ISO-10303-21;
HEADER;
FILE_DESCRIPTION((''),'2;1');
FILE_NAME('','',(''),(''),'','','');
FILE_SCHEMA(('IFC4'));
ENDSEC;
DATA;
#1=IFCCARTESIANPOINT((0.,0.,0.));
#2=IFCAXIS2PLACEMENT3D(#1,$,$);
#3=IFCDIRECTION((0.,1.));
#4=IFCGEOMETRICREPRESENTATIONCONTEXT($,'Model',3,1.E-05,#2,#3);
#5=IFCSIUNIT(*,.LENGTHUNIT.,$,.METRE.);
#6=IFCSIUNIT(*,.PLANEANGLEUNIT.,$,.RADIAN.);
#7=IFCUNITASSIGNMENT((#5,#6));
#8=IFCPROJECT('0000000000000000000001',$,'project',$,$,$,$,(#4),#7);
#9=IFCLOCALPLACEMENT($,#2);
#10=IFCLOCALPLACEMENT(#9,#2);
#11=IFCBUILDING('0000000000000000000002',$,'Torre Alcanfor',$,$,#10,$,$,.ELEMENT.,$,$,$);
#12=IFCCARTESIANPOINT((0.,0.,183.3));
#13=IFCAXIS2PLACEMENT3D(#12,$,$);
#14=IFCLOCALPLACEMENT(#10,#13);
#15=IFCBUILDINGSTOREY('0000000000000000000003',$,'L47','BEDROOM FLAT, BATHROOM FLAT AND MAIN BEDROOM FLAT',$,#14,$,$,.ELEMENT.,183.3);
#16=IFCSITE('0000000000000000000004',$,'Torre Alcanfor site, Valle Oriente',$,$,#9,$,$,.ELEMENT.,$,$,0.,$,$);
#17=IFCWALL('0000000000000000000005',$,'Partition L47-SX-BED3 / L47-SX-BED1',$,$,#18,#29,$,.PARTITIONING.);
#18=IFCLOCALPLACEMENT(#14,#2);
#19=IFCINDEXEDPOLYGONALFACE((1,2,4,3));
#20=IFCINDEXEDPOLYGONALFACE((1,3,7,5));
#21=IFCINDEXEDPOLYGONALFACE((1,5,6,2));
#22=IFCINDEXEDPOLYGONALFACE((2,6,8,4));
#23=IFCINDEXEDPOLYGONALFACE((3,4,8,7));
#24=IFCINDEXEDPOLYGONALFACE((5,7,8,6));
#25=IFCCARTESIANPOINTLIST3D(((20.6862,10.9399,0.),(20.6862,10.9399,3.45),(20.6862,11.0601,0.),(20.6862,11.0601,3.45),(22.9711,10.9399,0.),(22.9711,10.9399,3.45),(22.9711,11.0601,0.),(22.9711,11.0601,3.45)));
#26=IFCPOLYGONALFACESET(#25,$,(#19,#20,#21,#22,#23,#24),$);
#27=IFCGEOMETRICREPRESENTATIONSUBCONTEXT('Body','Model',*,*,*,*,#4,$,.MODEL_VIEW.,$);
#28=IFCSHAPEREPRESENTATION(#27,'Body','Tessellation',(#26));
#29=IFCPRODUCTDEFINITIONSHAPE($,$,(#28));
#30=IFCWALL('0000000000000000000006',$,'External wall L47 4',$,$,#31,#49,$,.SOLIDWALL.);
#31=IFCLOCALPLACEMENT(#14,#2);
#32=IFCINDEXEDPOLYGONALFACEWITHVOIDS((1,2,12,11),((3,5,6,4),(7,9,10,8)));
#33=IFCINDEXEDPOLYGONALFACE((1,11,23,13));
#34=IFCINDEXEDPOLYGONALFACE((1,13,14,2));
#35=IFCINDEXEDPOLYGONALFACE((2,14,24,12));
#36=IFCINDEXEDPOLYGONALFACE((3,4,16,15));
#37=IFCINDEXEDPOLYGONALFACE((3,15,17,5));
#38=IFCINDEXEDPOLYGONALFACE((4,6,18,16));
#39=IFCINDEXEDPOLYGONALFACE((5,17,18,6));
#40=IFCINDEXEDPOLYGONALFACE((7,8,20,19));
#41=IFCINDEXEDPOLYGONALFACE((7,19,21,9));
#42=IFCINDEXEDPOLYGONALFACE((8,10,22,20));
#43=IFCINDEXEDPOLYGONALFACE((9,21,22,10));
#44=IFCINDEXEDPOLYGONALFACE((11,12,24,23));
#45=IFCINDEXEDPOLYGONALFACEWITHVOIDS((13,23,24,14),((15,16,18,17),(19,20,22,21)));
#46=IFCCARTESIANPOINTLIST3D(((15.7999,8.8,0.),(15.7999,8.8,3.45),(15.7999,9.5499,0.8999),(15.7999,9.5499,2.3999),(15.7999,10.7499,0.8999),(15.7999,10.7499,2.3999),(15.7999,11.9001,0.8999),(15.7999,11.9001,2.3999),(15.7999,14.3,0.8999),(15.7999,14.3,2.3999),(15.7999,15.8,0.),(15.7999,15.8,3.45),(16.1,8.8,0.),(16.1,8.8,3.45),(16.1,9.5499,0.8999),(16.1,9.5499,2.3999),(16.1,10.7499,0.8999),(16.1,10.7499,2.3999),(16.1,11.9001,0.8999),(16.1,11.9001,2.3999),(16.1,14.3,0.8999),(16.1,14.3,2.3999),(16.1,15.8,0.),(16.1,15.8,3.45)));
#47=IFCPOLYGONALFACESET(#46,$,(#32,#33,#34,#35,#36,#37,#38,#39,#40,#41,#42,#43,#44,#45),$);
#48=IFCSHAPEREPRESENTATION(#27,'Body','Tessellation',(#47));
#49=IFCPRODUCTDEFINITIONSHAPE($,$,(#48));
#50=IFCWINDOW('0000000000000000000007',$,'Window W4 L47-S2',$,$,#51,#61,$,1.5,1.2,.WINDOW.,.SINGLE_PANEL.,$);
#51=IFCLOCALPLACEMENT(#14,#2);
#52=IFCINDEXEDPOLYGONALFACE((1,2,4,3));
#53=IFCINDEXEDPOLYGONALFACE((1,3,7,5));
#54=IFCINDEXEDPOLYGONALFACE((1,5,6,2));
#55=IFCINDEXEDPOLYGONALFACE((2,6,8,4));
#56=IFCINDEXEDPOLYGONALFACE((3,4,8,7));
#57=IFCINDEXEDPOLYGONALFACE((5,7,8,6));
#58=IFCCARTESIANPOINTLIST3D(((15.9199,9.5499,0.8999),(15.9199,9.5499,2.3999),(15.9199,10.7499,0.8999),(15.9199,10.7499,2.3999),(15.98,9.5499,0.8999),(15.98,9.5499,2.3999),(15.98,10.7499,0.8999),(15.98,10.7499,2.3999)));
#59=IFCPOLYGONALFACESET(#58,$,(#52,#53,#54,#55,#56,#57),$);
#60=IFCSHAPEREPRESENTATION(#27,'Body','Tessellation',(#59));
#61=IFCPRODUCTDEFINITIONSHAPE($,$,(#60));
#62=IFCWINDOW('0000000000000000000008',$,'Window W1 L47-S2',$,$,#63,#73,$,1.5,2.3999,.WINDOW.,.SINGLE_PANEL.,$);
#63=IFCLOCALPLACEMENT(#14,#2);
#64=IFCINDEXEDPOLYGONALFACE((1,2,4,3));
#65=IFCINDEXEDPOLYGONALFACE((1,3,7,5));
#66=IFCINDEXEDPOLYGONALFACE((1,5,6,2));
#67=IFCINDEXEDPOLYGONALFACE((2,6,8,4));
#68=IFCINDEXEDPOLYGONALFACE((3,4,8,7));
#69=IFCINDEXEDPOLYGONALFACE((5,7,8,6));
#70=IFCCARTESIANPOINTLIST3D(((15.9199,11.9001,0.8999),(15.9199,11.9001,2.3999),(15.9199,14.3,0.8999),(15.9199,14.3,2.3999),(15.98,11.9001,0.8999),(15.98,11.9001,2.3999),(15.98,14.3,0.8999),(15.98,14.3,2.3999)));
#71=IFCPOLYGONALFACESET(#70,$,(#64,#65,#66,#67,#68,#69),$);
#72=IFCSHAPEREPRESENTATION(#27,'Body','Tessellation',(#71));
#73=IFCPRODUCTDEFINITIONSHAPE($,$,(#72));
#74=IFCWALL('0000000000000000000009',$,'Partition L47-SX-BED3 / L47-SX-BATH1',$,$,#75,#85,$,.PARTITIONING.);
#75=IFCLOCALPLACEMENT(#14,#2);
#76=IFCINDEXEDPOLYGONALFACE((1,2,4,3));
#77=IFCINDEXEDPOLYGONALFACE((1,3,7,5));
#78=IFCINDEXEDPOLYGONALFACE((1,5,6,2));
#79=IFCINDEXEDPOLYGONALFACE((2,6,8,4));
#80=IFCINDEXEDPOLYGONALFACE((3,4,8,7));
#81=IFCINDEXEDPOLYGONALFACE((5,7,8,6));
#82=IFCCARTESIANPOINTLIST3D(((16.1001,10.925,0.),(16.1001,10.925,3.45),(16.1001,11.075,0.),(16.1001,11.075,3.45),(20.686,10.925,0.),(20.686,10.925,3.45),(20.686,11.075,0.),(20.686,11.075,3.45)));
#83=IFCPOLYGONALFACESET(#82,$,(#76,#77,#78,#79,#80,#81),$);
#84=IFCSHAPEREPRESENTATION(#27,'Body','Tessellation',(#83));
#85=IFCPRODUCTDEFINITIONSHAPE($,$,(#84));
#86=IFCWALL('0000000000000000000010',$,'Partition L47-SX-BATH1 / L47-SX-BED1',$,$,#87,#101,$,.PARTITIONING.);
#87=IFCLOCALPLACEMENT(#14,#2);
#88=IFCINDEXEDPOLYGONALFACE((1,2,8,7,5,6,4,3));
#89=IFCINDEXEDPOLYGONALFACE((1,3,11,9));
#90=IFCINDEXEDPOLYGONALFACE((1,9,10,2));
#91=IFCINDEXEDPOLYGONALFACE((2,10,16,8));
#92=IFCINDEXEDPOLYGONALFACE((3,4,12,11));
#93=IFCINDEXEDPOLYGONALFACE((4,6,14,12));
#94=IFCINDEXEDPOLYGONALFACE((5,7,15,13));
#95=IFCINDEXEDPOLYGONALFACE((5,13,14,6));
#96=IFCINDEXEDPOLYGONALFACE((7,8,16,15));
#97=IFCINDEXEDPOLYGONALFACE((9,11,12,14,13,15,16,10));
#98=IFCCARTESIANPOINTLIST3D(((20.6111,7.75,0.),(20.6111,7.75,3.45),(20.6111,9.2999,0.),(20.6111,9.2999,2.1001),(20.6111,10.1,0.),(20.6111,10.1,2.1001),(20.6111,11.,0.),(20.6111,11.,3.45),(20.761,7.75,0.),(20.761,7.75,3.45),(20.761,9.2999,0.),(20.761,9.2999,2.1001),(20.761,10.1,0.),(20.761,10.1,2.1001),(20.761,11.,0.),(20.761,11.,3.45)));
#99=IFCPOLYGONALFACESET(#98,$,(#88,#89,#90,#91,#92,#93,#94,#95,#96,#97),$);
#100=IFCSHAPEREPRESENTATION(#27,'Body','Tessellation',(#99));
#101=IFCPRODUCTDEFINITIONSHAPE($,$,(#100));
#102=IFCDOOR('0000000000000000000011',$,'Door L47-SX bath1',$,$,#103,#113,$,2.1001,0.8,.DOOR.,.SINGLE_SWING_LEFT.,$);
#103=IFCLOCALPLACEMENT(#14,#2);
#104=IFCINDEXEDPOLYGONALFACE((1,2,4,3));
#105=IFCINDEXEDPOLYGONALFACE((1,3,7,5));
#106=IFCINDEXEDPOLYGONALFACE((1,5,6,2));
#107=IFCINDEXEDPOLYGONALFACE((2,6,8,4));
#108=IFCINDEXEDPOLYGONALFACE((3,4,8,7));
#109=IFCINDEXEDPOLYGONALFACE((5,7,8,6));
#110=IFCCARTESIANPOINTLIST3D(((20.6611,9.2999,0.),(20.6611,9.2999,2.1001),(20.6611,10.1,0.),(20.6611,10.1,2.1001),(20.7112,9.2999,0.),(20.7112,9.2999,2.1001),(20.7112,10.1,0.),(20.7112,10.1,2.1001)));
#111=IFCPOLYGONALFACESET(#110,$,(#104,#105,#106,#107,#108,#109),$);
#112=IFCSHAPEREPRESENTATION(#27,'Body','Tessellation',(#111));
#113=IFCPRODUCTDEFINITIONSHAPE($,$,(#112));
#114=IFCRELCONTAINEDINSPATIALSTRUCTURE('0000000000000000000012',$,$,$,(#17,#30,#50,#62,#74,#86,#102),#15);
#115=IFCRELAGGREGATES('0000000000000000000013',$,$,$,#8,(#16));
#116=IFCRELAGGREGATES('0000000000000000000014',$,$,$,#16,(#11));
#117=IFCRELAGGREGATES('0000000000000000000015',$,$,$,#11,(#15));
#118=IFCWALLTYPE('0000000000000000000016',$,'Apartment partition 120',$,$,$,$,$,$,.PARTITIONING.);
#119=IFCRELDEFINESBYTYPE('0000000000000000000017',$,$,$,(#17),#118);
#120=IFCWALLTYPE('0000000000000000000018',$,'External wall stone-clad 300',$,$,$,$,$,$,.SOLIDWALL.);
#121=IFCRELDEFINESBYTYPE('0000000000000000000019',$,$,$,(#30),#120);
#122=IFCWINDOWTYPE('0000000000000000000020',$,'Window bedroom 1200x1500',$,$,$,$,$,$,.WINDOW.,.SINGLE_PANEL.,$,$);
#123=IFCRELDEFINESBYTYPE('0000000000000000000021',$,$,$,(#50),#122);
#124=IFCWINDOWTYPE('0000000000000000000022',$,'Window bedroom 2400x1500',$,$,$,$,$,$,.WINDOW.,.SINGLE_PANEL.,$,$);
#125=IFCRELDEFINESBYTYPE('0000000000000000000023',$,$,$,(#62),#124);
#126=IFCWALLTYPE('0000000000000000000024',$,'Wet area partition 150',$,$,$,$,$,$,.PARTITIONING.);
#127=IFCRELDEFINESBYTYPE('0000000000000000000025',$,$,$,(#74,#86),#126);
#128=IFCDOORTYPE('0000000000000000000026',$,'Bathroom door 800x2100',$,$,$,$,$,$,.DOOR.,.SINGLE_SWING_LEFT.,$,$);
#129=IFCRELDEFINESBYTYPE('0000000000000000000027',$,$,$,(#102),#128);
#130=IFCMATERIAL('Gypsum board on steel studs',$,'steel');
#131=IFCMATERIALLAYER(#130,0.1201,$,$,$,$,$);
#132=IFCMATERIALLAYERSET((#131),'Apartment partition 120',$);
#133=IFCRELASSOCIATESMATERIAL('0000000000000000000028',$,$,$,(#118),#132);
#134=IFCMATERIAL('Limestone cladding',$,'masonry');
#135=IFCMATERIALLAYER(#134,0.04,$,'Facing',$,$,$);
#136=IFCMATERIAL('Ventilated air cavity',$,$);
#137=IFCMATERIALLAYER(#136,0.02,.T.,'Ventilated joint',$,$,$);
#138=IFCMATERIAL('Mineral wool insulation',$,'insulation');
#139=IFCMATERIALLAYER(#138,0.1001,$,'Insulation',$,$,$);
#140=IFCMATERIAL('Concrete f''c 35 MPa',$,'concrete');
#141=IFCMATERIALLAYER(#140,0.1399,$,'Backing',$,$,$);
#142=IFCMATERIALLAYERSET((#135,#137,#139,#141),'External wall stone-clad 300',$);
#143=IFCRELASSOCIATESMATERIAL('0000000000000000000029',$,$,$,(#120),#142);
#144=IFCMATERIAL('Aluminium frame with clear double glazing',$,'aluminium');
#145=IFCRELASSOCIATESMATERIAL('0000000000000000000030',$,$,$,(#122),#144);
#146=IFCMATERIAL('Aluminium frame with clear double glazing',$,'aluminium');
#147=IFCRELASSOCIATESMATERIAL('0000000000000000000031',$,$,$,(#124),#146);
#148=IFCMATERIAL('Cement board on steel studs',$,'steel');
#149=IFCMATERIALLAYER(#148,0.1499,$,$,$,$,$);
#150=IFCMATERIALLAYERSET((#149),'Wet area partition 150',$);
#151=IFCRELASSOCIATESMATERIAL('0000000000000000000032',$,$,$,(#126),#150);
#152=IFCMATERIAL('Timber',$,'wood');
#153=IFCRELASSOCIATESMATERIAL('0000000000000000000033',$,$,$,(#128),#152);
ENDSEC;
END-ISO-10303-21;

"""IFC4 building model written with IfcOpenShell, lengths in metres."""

from ifc_helpers import new_model, si_unit, direction, frame, frame_2d, origin, place, context, subcontext, project, spatial, rectangle, extrude, material, layer, layer_set, type_object, element, fill, save


model = new_model("IFC4")

# Units and contexts
model_context = context("Model", 3, precision=1e-05, world=origin(), true_north=direction((0.0, 1.0)))
body_context = subcontext(model_context, "Body", "Model", "MODEL_VIEW")
ifc_project = project(units=[si_unit("LENGTHUNIT", "METRE"), si_unit("PLANEANGLEUNIT", "RADIAN")], contexts=[model_context])

# Site, building, storey
site_placement = place(None, origin())
site = spatial("IfcSite", under=ifc_project, at=site_placement, Name="Torre Alcanfor site, Valle Oriente", CompositionType="ELEMENT", RefElevation=0.0)
building_placement = place(site_placement, origin())
building = spatial("IfcBuilding", under=site, at=building_placement, Name="Torre Alcanfor", CompositionType="ELEMENT")
storey_placement = place(building_placement, frame((0.0, 0.0, 183.3)))
storey = spatial("IfcBuildingStorey", under=building, at=storey_placement, Name="L47", Description="BEDROOM FLAT, BATHROOM FLAT AND MAIN BEDROOM FLAT", CompositionType="ELEMENT", Elevation=183.3)

# Shared definitions
ifc_material_1 = material(Name="Gypsum board on steel studs", Category="steel")
ifc_layer_1 = layer(ifc_material_1, 0.1201)
ifc_layer_set_1 = layer_set([ifc_layer_1], Name="Apartment partition 120")
wall_type_1 = type_object("IfcWallType", Name="Apartment partition 120", PredefinedType="PARTITIONING", material=ifc_layer_set_1)

# Wall
wall_1_placement = place(storey_placement, frame((20.686, 11.0, 0.0), z_axis=(0.0, 0.0, 1.0), x_axis=(1.0, 0.0, 0.0)))
element("IfcWall", 1, at=wall_1_placement, inside=storey, type_object=wall_type_1, Name="Partition L47-SX-BED3 / L47-SX-BED1", PredefinedType="PARTITIONING", context=body_context, shape_type="SweptSolid", body=[
    extrude(rectangle(XDim=2.2849, YDim=0.1201, at=frame_2d((1.1426, 0.0))), origin(), (0.0, 0.0, 1.0), 3.45),
])

# Wall, openings, windows
ifc_material_2 = material(Name="Limestone cladding", Category="masonry")
ifc_layer_2 = layer(ifc_material_2, 0.04, Name="Facing")
ifc_material_3 = material(Name="Ventilated air cavity")
ifc_layer_3 = layer(ifc_material_3, 0.02, ventilated=True, Name="Ventilated joint")
ifc_material_4 = material(Name="Mineral wool insulation", Category="insulation")
ifc_layer_4 = layer(ifc_material_4, 0.1001, Name="Insulation")
ifc_material_5 = material(Name="Concrete f'c 35 MPa", Category="concrete")
ifc_layer_5 = layer(ifc_material_5, 0.1399, Name="Backing")
ifc_layer_set_2 = layer_set([ifc_layer_2, ifc_layer_3, ifc_layer_4, ifc_layer_5], Name="External wall stone-clad 300")
wall_type_2 = type_object("IfcWallType", Name="External wall stone-clad 300", PredefinedType="SOLIDWALL", material=ifc_layer_set_2)
wall_2_placement = place(storey_placement, frame((15.95, 15.8, 0.0), z_axis=(0.0, 0.0, 1.0), x_axis=(0.0, -1.0, 0.0)))
wall_2 = element("IfcWall", 2, at=wall_2_placement, inside=storey, type_object=wall_type_2, Name="External wall L47 4", PredefinedType="SOLIDWALL", context=body_context, shape_type="SweptSolid", body=[
    extrude(rectangle(XDim=7.0, YDim=0.3, at=frame_2d((3.5, 0.0))), origin(), (0.0, 0.0, 1.0), 3.45),
])
opening_1_placement = place(wall_2_placement, frame((1.5, 0.0, 0.8999)))
opening_1 = element("IfcOpeningElement", 3, at=opening_1_placement, cuts=wall_2, PredefinedType="OPENING", context=body_context, shape_type="SweptSolid", body=[
    extrude(rectangle(XDim=2.3999, YDim=1.5, at=frame_2d((1.2, 0.75))), frame((0.0, 0.1599, 0.0), z_axis=(0.0, -1.0, 0.0), x_axis=(1.0, 0.0, 0.0)), (0.0, 0.0, 1.0), 0.3201),
])
opening_2_placement = place(wall_2_placement, frame((5.05, 0.0, 0.8999)))
opening_2 = element("IfcOpeningElement", 4, at=opening_2_placement, cuts=wall_2, PredefinedType="OPENING", context=body_context, shape_type="SweptSolid", body=[
    extrude(rectangle(XDim=1.2, YDim=1.5, at=frame_2d((0.6001, 0.75))), frame((0.0, 0.1599, 0.0), z_axis=(0.0, -1.0, 0.0), x_axis=(1.0, 0.0, 0.0)), (0.0, 0.0, 1.0), 0.3201),
])
ifc_material_6 = material(Name="Aluminium frame with clear double glazing", Category="aluminium")
window_type_1 = type_object("IfcWindowType", Name="Window bedroom 1200x1500", PartitioningType="SINGLE_PANEL", PredefinedType="WINDOW", material=ifc_material_6)
window_1_placement = place(opening_2_placement, origin())
window_1 = element("IfcWindow", 5, at=window_1_placement, inside=storey, type_object=window_type_1, Name="Window W4 L47-S2", OverallHeight=1.5, OverallWidth=1.2, PartitioningType="SINGLE_PANEL", PredefinedType="WINDOW", context=body_context, shape_type="SweptSolid", body=[
    extrude(rectangle(XDim=1.2, YDim=1.5, at=frame_2d((0.6001, 0.75))), frame((0.0, 0.03, 0.0), z_axis=(0.0, -1.0, 0.0), x_axis=(1.0, 0.0, 0.0)), (0.0, 0.0, 1.0), 0.0601),
])
fill(opening_2, window_1)
ifc_material_7 = material(Name="Aluminium frame with clear double glazing", Category="aluminium")
window_type_2 = type_object("IfcWindowType", Name="Window bedroom 2400x1500", PartitioningType="SINGLE_PANEL", PredefinedType="WINDOW", material=ifc_material_7)
window_2_placement = place(opening_1_placement, origin())
window_2 = element("IfcWindow", 6, at=window_2_placement, inside=storey, type_object=window_type_2, Name="Window W1 L47-S2", OverallHeight=1.5, OverallWidth=2.3999, PartitioningType="SINGLE_PANEL", PredefinedType="WINDOW", context=body_context, shape_type="SweptSolid", body=[
    extrude(rectangle(XDim=2.3999, YDim=1.5, at=frame_2d((1.2, 0.75))), frame((0.0, 0.03, 0.0), z_axis=(0.0, -1.0, 0.0), x_axis=(1.0, 0.0, 0.0)), (0.0, 0.0, 1.0), 0.0601),
])
fill(opening_1, window_2)

# Wall
ifc_material_8 = material(Name="Cement board on steel studs", Category="steel")
ifc_layer_6 = layer(ifc_material_8, 0.1499)
ifc_layer_set_3 = layer_set([ifc_layer_6], Name="Wet area partition 150")
wall_type_3 = type_object("IfcWallType", Name="Wet area partition 150", PredefinedType="PARTITIONING", material=ifc_layer_set_3)
wall_3_placement = place(storey_placement, frame((16.1001, 11.0, 0.0), z_axis=(0.0, 0.0, 1.0), x_axis=(1.0, 0.0, 0.0)))
element("IfcWall", 7, at=wall_3_placement, inside=storey, type_object=wall_type_3, Name="Partition L47-SX-BED3 / L47-SX-BATH1", PredefinedType="PARTITIONING", context=body_context, shape_type="SweptSolid", body=[
    extrude(rectangle(XDim=4.5859, YDim=0.1499, at=frame_2d((2.293, 0.0))), origin(), (0.0, 0.0, 1.0), 3.45),
])

# Wall, opening, door
wall_4_placement = place(storey_placement, frame((20.686, 7.75, 0.0), z_axis=(0.0, 0.0, 1.0), x_axis=(0.0, 1.0, 0.0)))
wall_4 = element("IfcWall", 8, at=wall_4_placement, inside=storey, type_object=wall_type_3, Name="Partition L47-SX-BATH1 / L47-SX-BED1", PredefinedType="PARTITIONING", context=body_context, shape_type="SweptSolid", body=[
    extrude(rectangle(XDim=3.25, YDim=0.1499, at=frame_2d((1.625, 0.0))), origin(), (0.0, 0.0, 1.0), 3.45),
])
opening_3_placement = place(wall_4_placement, frame((1.55, 0.0, 0.0)))
opening_3 = element("IfcOpeningElement", 9, at=opening_3_placement, cuts=wall_4, PredefinedType="OPENING", context=body_context, shape_type="SweptSolid", body=[
    extrude(rectangle(XDim=0.8, YDim=2.1001, at=frame_2d((0.3999, 1.05))), frame((0.0, 0.085, 0.0), z_axis=(0.0, -1.0, 0.0), x_axis=(1.0, 0.0, 0.0)), (0.0, 0.0, 1.0), 0.1699),
])
ifc_material_9 = material(Name="Timber", Category="wood")
door_type_1 = type_object("IfcDoorType", Name="Bathroom door 800x2100", OperationType="SINGLE_SWING_LEFT", PredefinedType="DOOR", material=ifc_material_9)
door_1_placement = place(opening_3_placement, frame((0.8, 0.0, 0.0), z_axis=(0.0, 0.0, 1.0), x_axis=(-1.0, 0.0, 0.0)))
door_1 = element("IfcDoor", 10, at=door_1_placement, inside=storey, type_object=door_type_1, Name="Door L47-SX bath1", OperationType="SINGLE_SWING_LEFT", OverallHeight=2.1001, OverallWidth=0.8, PredefinedType="DOOR", context=body_context, shape_type="SweptSolid", body=[
    extrude(rectangle(XDim=0.8, YDim=2.1001, at=frame_2d((0.4001, 1.05))), frame((0.0, 0.0251, 0.0), z_axis=(0.0, -1.0, 0.0), x_axis=(1.0, 0.0, 0.0)), (0.0, 0.0, 1.0), 0.05),
])
fill(opening_3, door_1)

save(model, "model.ifc")
